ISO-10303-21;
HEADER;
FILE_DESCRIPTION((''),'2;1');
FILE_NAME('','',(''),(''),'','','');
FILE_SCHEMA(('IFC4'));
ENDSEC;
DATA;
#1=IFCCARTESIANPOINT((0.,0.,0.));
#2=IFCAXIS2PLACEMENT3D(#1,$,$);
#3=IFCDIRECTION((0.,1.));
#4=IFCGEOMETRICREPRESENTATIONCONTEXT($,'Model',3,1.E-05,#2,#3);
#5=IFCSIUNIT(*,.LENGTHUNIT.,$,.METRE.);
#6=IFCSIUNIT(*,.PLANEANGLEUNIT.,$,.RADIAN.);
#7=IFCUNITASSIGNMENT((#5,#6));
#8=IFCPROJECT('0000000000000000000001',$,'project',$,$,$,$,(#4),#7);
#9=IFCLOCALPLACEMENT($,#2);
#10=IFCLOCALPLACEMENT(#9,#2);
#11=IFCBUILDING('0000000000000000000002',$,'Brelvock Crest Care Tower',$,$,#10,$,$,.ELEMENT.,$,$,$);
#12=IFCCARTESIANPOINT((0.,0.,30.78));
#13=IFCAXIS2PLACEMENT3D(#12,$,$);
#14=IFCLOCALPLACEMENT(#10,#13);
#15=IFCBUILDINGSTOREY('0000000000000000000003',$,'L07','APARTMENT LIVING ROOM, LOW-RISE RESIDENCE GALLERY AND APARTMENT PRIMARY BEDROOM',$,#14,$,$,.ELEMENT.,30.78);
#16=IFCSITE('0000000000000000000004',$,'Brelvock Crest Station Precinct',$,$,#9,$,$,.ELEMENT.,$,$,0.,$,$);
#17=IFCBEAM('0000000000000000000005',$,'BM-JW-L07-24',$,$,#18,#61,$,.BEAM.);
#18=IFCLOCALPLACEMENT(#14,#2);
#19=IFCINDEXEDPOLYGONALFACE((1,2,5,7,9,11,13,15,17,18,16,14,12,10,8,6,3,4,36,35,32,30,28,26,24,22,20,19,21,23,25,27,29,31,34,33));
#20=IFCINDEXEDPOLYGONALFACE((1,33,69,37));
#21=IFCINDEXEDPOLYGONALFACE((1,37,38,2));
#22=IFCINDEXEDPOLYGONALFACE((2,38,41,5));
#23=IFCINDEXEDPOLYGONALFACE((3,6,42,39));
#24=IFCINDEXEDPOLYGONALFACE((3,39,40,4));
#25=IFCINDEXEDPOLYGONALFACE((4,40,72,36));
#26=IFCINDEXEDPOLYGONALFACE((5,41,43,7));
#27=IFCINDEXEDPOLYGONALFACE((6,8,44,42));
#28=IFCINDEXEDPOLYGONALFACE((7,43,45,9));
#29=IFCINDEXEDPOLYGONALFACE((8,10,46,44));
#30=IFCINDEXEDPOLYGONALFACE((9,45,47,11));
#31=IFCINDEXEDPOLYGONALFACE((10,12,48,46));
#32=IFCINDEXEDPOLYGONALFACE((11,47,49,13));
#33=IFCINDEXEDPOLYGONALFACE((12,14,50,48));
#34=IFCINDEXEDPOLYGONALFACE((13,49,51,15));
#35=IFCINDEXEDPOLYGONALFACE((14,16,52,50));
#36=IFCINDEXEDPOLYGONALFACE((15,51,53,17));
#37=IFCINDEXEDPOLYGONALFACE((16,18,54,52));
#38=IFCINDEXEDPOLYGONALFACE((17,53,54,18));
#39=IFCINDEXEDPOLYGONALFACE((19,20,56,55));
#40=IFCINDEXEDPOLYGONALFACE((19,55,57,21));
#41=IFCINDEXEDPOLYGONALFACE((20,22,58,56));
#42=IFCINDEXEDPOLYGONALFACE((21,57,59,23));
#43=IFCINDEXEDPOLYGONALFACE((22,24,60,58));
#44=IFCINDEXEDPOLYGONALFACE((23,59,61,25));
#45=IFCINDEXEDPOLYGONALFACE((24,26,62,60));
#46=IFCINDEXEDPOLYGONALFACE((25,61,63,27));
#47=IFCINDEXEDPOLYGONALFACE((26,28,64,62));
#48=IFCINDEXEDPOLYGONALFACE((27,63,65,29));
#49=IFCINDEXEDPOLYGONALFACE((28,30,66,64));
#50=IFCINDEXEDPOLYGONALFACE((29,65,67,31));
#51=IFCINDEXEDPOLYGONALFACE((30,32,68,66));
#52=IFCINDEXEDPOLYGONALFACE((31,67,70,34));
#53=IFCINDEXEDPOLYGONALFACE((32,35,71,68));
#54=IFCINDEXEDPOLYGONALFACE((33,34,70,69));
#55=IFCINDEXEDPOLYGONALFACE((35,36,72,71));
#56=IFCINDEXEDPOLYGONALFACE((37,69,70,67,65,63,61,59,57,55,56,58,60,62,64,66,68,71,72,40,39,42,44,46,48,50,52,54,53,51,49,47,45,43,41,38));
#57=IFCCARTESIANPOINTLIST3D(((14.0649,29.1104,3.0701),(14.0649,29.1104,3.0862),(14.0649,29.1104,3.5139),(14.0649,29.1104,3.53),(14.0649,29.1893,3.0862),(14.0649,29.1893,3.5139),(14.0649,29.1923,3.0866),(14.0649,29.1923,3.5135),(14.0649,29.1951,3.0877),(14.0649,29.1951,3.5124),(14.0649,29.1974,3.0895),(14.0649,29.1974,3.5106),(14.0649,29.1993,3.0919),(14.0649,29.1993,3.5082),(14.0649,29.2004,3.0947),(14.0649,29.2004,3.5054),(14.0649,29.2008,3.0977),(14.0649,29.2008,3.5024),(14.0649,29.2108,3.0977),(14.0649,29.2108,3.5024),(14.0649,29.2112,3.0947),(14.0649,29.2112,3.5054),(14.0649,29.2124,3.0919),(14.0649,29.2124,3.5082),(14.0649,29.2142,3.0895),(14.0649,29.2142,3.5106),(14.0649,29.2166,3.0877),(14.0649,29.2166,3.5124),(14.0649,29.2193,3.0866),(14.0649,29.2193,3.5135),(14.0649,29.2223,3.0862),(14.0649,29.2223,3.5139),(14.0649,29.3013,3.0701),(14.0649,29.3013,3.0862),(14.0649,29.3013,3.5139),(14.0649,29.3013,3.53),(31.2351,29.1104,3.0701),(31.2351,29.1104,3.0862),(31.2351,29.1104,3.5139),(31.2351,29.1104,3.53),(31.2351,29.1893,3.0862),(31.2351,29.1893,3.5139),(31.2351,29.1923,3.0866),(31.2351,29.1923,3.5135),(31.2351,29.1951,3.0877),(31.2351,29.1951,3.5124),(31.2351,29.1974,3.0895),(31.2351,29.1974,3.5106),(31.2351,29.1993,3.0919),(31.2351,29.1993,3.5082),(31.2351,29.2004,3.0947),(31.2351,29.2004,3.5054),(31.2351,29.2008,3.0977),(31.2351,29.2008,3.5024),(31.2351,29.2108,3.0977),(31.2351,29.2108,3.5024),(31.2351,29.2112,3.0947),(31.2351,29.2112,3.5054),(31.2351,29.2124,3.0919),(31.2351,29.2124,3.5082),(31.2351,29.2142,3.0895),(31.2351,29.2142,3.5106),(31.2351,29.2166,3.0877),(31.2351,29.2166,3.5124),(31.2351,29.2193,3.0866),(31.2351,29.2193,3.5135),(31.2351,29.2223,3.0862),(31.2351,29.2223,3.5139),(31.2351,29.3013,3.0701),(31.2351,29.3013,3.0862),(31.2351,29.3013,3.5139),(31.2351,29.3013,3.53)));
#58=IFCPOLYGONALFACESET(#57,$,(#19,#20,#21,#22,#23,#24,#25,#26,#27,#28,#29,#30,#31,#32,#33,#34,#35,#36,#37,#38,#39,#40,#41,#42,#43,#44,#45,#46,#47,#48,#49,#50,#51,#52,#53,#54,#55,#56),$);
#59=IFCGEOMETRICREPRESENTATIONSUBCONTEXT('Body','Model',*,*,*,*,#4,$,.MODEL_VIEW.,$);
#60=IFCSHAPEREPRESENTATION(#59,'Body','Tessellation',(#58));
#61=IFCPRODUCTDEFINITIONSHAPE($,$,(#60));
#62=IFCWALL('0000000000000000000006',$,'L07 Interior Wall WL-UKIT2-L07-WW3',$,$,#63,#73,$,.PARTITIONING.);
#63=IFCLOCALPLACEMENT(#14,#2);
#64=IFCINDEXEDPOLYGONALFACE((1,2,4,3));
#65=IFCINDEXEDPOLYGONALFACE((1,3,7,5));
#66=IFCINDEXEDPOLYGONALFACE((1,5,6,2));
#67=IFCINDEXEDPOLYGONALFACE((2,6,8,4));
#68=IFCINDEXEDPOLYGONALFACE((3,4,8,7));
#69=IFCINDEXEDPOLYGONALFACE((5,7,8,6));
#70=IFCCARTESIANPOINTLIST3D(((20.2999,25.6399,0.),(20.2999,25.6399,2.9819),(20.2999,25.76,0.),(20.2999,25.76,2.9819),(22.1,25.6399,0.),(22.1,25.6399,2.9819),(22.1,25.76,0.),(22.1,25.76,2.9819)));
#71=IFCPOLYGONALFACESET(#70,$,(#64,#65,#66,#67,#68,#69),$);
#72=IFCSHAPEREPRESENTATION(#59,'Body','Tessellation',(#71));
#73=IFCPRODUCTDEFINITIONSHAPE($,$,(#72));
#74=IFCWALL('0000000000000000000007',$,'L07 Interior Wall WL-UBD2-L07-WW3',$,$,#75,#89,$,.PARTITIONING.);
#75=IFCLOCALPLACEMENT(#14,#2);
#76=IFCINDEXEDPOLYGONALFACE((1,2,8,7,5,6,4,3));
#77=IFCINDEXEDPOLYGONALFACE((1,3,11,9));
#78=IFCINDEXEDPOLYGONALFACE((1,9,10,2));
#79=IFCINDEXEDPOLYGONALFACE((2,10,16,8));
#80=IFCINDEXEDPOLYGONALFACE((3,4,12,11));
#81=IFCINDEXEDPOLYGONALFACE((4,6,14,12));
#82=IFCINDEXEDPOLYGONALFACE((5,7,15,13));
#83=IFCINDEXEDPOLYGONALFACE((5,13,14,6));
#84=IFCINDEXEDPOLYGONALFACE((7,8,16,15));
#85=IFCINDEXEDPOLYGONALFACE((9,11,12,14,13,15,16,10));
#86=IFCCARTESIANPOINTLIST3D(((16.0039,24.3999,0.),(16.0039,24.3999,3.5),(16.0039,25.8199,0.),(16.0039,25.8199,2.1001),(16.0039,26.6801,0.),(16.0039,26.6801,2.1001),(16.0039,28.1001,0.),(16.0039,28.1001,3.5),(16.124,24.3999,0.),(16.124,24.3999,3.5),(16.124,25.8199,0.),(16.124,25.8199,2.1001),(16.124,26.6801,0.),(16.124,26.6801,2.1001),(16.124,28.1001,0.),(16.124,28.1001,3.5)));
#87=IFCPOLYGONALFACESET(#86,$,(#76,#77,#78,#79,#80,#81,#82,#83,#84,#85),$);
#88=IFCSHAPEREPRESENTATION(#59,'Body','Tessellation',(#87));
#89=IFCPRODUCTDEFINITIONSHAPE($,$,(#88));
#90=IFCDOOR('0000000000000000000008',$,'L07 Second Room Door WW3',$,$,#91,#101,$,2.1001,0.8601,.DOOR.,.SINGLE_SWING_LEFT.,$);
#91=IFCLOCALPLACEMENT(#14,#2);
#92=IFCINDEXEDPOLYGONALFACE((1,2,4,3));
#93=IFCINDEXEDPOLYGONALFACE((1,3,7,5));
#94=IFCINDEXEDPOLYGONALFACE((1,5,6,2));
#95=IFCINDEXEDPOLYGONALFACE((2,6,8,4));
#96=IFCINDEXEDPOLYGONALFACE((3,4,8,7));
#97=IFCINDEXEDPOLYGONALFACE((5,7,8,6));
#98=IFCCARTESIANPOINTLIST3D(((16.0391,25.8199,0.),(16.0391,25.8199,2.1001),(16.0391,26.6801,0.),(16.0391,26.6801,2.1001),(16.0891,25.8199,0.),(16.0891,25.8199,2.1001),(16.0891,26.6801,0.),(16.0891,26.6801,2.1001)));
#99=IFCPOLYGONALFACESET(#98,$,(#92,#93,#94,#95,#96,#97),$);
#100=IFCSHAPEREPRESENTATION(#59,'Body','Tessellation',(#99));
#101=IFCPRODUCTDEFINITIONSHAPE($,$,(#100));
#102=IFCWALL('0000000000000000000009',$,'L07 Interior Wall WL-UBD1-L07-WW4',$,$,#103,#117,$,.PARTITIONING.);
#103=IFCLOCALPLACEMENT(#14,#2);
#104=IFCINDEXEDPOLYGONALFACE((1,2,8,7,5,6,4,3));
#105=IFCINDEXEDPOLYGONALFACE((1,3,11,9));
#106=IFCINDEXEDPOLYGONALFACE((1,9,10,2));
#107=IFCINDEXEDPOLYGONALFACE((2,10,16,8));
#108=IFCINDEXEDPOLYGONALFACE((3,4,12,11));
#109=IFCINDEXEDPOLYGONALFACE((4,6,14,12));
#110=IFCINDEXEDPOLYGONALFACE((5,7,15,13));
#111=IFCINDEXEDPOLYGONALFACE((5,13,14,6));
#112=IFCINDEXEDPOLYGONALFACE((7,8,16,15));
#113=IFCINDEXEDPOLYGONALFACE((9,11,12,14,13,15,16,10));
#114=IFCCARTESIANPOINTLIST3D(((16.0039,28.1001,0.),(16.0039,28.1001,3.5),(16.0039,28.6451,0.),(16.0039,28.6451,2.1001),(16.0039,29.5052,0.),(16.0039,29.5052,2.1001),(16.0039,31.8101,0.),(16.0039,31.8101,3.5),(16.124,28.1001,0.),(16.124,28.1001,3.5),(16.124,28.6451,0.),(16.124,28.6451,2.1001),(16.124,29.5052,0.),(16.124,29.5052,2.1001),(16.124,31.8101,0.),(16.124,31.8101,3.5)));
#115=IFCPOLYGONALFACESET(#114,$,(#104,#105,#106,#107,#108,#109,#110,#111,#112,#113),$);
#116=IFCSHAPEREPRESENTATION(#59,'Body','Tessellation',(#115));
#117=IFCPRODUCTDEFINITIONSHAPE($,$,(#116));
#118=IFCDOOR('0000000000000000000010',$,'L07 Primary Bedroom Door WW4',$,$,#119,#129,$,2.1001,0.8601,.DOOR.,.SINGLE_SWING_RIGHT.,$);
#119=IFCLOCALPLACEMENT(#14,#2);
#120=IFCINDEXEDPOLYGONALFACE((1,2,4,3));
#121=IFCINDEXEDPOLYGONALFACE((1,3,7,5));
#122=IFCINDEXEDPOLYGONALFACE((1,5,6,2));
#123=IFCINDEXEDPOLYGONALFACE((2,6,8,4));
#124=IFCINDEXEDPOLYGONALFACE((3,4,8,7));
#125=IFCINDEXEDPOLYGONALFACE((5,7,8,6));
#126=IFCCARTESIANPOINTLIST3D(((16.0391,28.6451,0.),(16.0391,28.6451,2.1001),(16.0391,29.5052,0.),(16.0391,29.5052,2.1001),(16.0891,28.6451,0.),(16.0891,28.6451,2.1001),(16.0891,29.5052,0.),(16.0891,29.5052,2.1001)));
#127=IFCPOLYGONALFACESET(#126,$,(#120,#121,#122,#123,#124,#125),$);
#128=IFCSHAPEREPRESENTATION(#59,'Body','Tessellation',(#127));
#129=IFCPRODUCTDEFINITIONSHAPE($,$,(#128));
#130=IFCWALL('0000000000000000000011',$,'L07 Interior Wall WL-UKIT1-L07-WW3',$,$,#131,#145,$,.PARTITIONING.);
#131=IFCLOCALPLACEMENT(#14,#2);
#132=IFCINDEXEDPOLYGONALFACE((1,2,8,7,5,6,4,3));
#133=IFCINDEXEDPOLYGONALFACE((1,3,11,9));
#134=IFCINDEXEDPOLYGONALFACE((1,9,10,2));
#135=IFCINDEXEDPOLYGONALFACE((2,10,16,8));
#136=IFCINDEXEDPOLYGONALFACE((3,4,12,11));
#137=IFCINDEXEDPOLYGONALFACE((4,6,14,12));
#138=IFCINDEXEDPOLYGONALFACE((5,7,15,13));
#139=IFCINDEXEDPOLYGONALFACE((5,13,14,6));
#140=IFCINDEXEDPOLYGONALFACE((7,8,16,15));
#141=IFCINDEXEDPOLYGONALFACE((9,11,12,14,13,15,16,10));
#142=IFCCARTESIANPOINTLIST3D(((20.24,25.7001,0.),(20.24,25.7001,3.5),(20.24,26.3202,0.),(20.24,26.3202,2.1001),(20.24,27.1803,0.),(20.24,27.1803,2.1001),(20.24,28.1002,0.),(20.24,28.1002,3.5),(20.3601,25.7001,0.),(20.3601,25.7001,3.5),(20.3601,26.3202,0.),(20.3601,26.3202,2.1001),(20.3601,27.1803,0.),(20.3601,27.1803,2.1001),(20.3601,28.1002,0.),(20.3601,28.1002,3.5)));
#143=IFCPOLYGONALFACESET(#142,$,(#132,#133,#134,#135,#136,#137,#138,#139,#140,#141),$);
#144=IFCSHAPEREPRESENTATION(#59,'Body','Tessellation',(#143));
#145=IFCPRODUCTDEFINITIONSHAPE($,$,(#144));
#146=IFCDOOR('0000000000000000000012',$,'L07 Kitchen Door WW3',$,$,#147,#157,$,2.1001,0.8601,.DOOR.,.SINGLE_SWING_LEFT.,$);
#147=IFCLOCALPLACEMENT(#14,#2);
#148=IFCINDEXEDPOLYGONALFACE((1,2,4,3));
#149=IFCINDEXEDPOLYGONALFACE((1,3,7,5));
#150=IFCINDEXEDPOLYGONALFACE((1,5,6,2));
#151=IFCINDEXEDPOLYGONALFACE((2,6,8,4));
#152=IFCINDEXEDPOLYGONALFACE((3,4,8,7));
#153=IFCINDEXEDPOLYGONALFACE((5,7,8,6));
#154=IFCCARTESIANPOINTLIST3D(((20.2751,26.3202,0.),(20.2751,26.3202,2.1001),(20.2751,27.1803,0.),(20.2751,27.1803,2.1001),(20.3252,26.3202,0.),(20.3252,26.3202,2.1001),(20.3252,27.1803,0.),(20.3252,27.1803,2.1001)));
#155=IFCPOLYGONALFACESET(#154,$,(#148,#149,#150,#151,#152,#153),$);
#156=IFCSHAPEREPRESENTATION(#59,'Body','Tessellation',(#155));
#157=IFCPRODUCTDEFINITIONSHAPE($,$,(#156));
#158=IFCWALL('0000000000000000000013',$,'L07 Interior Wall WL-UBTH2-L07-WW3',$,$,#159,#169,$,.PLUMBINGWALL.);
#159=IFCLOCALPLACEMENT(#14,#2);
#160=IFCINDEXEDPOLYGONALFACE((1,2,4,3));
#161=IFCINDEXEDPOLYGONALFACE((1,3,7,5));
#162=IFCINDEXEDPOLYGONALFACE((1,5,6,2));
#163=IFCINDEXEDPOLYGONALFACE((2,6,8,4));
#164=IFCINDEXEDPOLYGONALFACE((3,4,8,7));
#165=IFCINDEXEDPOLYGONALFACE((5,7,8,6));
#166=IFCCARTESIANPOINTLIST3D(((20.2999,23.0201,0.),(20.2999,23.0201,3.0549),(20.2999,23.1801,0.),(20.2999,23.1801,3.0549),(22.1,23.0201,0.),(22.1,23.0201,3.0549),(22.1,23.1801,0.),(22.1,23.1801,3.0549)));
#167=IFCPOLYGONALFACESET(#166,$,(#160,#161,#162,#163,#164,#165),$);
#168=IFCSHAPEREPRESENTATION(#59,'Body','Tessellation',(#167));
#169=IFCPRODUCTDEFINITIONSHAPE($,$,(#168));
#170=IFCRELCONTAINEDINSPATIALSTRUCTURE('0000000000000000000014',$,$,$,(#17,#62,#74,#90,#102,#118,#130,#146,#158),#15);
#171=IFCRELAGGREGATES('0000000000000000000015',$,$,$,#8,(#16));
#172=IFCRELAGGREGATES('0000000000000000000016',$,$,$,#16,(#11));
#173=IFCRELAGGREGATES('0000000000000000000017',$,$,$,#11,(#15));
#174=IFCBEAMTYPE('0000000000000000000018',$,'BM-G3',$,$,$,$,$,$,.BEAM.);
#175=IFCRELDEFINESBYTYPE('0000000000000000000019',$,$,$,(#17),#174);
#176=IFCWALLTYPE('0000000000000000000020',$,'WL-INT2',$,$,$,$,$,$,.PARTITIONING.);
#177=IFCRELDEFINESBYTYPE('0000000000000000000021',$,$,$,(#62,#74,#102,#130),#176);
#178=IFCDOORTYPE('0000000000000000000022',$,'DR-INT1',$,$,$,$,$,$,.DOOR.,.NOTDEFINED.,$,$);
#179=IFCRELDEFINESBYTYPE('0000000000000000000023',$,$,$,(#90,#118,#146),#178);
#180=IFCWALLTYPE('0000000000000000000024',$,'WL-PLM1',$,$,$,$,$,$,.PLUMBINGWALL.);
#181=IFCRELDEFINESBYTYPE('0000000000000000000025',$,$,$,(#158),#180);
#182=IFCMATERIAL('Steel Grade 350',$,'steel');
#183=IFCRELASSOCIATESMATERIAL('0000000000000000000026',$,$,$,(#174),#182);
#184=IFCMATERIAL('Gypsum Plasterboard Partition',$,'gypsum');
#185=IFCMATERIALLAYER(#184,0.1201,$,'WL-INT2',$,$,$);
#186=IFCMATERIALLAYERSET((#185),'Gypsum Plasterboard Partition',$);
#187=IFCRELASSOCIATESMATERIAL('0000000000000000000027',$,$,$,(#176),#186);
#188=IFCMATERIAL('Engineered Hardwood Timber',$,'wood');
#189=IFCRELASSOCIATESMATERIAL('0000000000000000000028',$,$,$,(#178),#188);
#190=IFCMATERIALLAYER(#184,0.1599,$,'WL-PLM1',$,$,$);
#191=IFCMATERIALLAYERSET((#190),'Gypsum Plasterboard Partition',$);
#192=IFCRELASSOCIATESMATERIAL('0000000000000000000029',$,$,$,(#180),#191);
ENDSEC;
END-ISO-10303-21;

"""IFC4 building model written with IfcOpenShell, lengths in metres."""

from ifc_helpers import new_model, si_unit, direction, frame, frame_2d, origin, origin_2d, place, context, subcontext, project, spatial, rectangle, i_section, extrude, source, transform, mapped, material, layer, layer_set, material_profile, profile_set, type_object, element, fill, save


model = new_model("IFC4")

# Units and contexts
model_context = context("Model", 3, precision=1e-05, world=origin(), true_north=direction((0.0, 1.0)))
body_context = subcontext(model_context, "Body", "Model", "MODEL_VIEW")
ifc_project = project(units=[si_unit("LENGTHUNIT", "METRE"), si_unit("PLANEANGLEUNIT", "RADIAN")], contexts=[model_context])

# Site, building, storey
site_placement = place(None, origin())
site = spatial("IfcSite", under=ifc_project, at=site_placement, Name="Brelvock Crest Station Precinct", CompositionType="ELEMENT", RefElevation=0.0)
building_placement = place(site_placement, origin())
building = spatial("IfcBuilding", under=site, at=building_placement, Name="Brelvock Crest Care Tower", CompositionType="ELEMENT")
storey_placement = place(building_placement, frame((0.0, 0.0, 30.78)))
storey = spatial("IfcBuildingStorey", under=building, at=storey_placement, Name="L07", Description="APARTMENT LIVING ROOM, LOW-RISE RESIDENCE GALLERY AND APARTMENT PRIMARY BEDROOM", CompositionType="ELEMENT", Elevation=30.78)

# Beam
ifc_material_1 = material(Name="Steel Grade 350", Category="steel")
ifc_material_profile_1 = material_profile(ifc_material_1, i_section(OverallWidth=0.1909, OverallDepth=0.46, WebThickness=0.01, FlangeThickness=0.0161, FilletRadius=0.0115, at=origin_2d()), Name="460UB82.1")
ifc_profile_set_1 = profile_set([ifc_material_profile_1], Name="Steel Grade 350")
beam_type_1 = type_object("IfcBeamType", Name="BM-G3", PredefinedType="BEAM", material=ifc_profile_set_1)
shared_shape_1 = source(origin(), body_context, "Body", "SweptSolid", [
    extrude(i_section(OverallWidth=0.1909, OverallDepth=0.46, WebThickness=0.01, FlangeThickness=0.0161, FilletRadius=0.0115, at=origin_2d()), origin(), (0.0, 0.0, 1.0), 17.1702),
])
for number, where, z_axis, x_axis, name in (
    (1, (14.0649, 29.2058, 3.3), (1.0, 0.0, 0.0), (0.0, 1.0, 0.0), "BM-JW-L07-24"),
):
    element("IfcBeam", number, at=place(storey_placement, frame(where, z_axis=z_axis, x_axis=x_axis)), inside=storey, type_object=beam_type_1, Name=name, PredefinedType="BEAM", context=body_context, shape_type="MappedRepresentation", body=[
        mapped(shared_shape_1, transform((0.0, 0.0, 0.0), x_axis=(1.0, 0.0, 0.0), y_axis=(0.0, 1.0, 0.0), z_axis=(0.0, 0.0, 1.0), scale=1.0)),
    ])

# Wall
ifc_material_2 = material(Name="Gypsum Plasterboard Partition", Category="gypsum")
ifc_layer_1 = layer(ifc_material_2, 0.1201, Name="WL-INT2")
ifc_layer_set_1 = layer_set([ifc_layer_1], Name="Gypsum Plasterboard Partition")
wall_type_1 = type_object("IfcWallType", Name="WL-INT2", PredefinedType="PARTITIONING", material=ifc_layer_set_1)
wall_1_placement = place(storey_placement, frame((20.3, 25.7, 0.0), z_axis=(0.0, 0.0, 1.0), x_axis=(1.0, 0.0, 0.0)))
element("IfcWall", 2, at=wall_1_placement, inside=storey, type_object=wall_type_1, Name="L07 Interior Wall WL-UKIT2-L07-WW3", PredefinedType="PARTITIONING", context=body_context, shape_type="SweptSolid", body=[
    extrude(rectangle(XDim=1.8, YDim=0.1201, at=frame_2d((0.8999, 0.0))), origin(), (0.0, 0.0, 1.0), 2.9819),
])

# Walls, openings, doors
wall_2_placement = place(storey_placement, frame((16.064, 24.3999, 0.0), z_axis=(0.0, 0.0, 1.0), x_axis=(0.0, 1.0, 0.0)))
wall_2 = element("IfcWall", 3, at=wall_2_placement, inside=storey, type_object=wall_type_1, Name="L07 Interior Wall WL-UBD2-L07-WW3", PredefinedType="PARTITIONING", context=body_context, shape_type="SweptSolid", body=[
    extrude(rectangle(XDim=3.7002, YDim=0.1201, at=frame_2d((1.8501, 0.0))), origin(), (0.0, 0.0, 1.0), 3.5),
])
opening_1_placement = place(wall_2_placement, frame((1.4199, 0.0, 0.0)))
opening_1 = element("IfcOpeningElement", 4, at=opening_1_placement, cuts=wall_2, PredefinedType="OPENING", context=body_context, shape_type="SweptSolid", body=[
    extrude(rectangle(XDim=0.8601, YDim=2.1001, at=origin_2d()), frame((0.4302, 0.0701, 1.05), z_axis=(0.0, -1.0, 0.0), x_axis=(1.0, 0.0, 0.0)), (0.0, 0.0, 1.0), 0.1401),
])
ifc_material_3 = material(Name="Engineered Hardwood Timber", Category="wood")
door_type_1 = type_object("IfcDoorType", Name="DR-INT1", OperationType="NOTDEFINED", PredefinedType="DOOR", material=ifc_material_3)
shared_shape_2 = source(origin(), body_context, "Body", "SweptSolid", [
    extrude(rectangle(XDim=0.8601, YDim=2.1001, at=origin_2d()), frame((0.4302, 0.0249, 1.05), z_axis=(0.0, -1.0, 0.0), x_axis=(1.0, 0.0, 0.0)), (0.0, 0.0, 1.0), 0.05),
])
door_1_placement = place(opening_1_placement, origin())
door_1 = element("IfcDoor", 5, at=door_1_placement, inside=storey, type_object=door_type_1, Name="L07 Second Room Door WW3", OperationType="SINGLE_SWING_LEFT", OverallHeight=2.1001, OverallWidth=0.8601, PredefinedType="DOOR", context=body_context, shape_type="MappedRepresentation", body=[
    mapped(shared_shape_2, transform((0.0, 0.0, 0.0), x_axis=(1.0, 0.0, 0.0), y_axis=(0.0, 1.0, 0.0), z_axis=(0.0, 0.0, 1.0), scale=1.0)),
])
fill(opening_1, door_1)
wall_3_placement = place(storey_placement, frame((16.064, 28.1001, 0.0), z_axis=(0.0, 0.0, 1.0), x_axis=(0.0, 1.0, 0.0)))
wall_3 = element("IfcWall", 6, at=wall_3_placement, inside=storey, type_object=wall_type_1, Name="L07 Interior Wall WL-UBD1-L07-WW4", PredefinedType="PARTITIONING", context=body_context, shape_type="SweptSolid", body=[
    extrude(rectangle(XDim=3.71, YDim=0.1201, at=frame_2d((1.855, 0.0))), origin(), (0.0, 0.0, 1.0), 3.5),
])
opening_2_placement = place(wall_3_placement, frame((0.5449, 0.0, 0.0)))
opening_2 = element("IfcOpeningElement", 7, at=opening_2_placement, cuts=wall_3, PredefinedType="OPENING", context=body_context, shape_type="SweptSolid", body=[
    extrude(rectangle(XDim=0.8601, YDim=2.1001, at=origin_2d()), frame((0.4302, 0.0701, 1.05), z_axis=(0.0, -1.0, 0.0), x_axis=(1.0, 0.0, 0.0)), (0.0, 0.0, 1.0), 0.1401),
])
door_2_placement = place(opening_2_placement, origin())
door_2 = element("IfcDoor", 8, at=door_2_placement, inside=storey, type_object=door_type_1, Name="L07 Primary Bedroom Door WW4", OperationType="SINGLE_SWING_RIGHT", OverallHeight=2.1001, OverallWidth=0.8601, PredefinedType="DOOR", context=body_context, shape_type="MappedRepresentation", body=[
    mapped(shared_shape_2, transform((0.0, 0.0, 0.0), x_axis=(1.0, 0.0, 0.0), y_axis=(0.0, 1.0, 0.0), z_axis=(0.0, 0.0, 1.0), scale=1.0)),
])
fill(opening_2, door_2)
wall_4_placement = place(storey_placement, frame((20.3, 25.7, 0.0), z_axis=(0.0, 0.0, 1.0), x_axis=(0.0, 1.0, 0.0)))
wall_4 = element("IfcWall", 9, at=wall_4_placement, inside=storey, type_object=wall_type_1, Name="L07 Interior Wall WL-UKIT1-L07-WW3", PredefinedType="PARTITIONING", context=body_context, shape_type="SweptSolid", body=[
    extrude(rectangle(XDim=2.4001, YDim=0.1201, at=frame_2d((1.2002, 0.0))), origin(), (0.0, 0.0, 1.0), 3.5),
])
opening_3_placement = place(wall_4_placement, frame((0.6201, 0.0, 0.0)))
opening_3 = element("IfcOpeningElement", 10, at=opening_3_placement, cuts=wall_4, PredefinedType="OPENING", context=body_context, shape_type="SweptSolid", body=[
    extrude(rectangle(XDim=0.8601, YDim=2.1001, at=origin_2d()), frame((0.4302, 0.0701, 1.05), z_axis=(0.0, -1.0, 0.0), x_axis=(1.0, 0.0, 0.0)), (0.0, 0.0, 1.0), 0.1401),
])
door_3_placement = place(opening_3_placement, origin())
door_3 = element("IfcDoor", 11, at=door_3_placement, inside=storey, type_object=door_type_1, Name="L07 Kitchen Door WW3", OperationType="SINGLE_SWING_LEFT", OverallHeight=2.1001, OverallWidth=0.8601, PredefinedType="DOOR", context=body_context, shape_type="MappedRepresentation", body=[
    mapped(shared_shape_2, transform((0.0, 0.0, 0.0), x_axis=(1.0, 0.0, 0.0), y_axis=(0.0, 1.0, 0.0), z_axis=(0.0, 0.0, 1.0), scale=1.0)),
])
fill(opening_3, door_3)

# Wall
ifc_layer_2 = layer(ifc_material_2, 0.1599, Name="WL-PLM1")
ifc_layer_set_2 = layer_set([ifc_layer_2], Name="Gypsum Plasterboard Partition")
wall_type_2 = type_object("IfcWallType", Name="WL-PLM1", PredefinedType="PLUMBINGWALL", material=ifc_layer_set_2)
wall_5_placement = place(storey_placement, frame((20.3, 23.1001, 0.0), z_axis=(0.0, 0.0, 1.0), x_axis=(1.0, 0.0, 0.0)))
element("IfcWall", 12, at=wall_5_placement, inside=storey, type_object=wall_type_2, Name="L07 Interior Wall WL-UBTH2-L07-WW3", PredefinedType="PLUMBINGWALL", context=body_context, shape_type="SweptSolid", body=[
    extrude(rectangle(XDim=1.8, YDim=0.1599, at=frame_2d((0.8999, 0.0))), origin(), (0.0, 0.0, 1.0), 3.0549),
])

save(model, "model.ifc")
